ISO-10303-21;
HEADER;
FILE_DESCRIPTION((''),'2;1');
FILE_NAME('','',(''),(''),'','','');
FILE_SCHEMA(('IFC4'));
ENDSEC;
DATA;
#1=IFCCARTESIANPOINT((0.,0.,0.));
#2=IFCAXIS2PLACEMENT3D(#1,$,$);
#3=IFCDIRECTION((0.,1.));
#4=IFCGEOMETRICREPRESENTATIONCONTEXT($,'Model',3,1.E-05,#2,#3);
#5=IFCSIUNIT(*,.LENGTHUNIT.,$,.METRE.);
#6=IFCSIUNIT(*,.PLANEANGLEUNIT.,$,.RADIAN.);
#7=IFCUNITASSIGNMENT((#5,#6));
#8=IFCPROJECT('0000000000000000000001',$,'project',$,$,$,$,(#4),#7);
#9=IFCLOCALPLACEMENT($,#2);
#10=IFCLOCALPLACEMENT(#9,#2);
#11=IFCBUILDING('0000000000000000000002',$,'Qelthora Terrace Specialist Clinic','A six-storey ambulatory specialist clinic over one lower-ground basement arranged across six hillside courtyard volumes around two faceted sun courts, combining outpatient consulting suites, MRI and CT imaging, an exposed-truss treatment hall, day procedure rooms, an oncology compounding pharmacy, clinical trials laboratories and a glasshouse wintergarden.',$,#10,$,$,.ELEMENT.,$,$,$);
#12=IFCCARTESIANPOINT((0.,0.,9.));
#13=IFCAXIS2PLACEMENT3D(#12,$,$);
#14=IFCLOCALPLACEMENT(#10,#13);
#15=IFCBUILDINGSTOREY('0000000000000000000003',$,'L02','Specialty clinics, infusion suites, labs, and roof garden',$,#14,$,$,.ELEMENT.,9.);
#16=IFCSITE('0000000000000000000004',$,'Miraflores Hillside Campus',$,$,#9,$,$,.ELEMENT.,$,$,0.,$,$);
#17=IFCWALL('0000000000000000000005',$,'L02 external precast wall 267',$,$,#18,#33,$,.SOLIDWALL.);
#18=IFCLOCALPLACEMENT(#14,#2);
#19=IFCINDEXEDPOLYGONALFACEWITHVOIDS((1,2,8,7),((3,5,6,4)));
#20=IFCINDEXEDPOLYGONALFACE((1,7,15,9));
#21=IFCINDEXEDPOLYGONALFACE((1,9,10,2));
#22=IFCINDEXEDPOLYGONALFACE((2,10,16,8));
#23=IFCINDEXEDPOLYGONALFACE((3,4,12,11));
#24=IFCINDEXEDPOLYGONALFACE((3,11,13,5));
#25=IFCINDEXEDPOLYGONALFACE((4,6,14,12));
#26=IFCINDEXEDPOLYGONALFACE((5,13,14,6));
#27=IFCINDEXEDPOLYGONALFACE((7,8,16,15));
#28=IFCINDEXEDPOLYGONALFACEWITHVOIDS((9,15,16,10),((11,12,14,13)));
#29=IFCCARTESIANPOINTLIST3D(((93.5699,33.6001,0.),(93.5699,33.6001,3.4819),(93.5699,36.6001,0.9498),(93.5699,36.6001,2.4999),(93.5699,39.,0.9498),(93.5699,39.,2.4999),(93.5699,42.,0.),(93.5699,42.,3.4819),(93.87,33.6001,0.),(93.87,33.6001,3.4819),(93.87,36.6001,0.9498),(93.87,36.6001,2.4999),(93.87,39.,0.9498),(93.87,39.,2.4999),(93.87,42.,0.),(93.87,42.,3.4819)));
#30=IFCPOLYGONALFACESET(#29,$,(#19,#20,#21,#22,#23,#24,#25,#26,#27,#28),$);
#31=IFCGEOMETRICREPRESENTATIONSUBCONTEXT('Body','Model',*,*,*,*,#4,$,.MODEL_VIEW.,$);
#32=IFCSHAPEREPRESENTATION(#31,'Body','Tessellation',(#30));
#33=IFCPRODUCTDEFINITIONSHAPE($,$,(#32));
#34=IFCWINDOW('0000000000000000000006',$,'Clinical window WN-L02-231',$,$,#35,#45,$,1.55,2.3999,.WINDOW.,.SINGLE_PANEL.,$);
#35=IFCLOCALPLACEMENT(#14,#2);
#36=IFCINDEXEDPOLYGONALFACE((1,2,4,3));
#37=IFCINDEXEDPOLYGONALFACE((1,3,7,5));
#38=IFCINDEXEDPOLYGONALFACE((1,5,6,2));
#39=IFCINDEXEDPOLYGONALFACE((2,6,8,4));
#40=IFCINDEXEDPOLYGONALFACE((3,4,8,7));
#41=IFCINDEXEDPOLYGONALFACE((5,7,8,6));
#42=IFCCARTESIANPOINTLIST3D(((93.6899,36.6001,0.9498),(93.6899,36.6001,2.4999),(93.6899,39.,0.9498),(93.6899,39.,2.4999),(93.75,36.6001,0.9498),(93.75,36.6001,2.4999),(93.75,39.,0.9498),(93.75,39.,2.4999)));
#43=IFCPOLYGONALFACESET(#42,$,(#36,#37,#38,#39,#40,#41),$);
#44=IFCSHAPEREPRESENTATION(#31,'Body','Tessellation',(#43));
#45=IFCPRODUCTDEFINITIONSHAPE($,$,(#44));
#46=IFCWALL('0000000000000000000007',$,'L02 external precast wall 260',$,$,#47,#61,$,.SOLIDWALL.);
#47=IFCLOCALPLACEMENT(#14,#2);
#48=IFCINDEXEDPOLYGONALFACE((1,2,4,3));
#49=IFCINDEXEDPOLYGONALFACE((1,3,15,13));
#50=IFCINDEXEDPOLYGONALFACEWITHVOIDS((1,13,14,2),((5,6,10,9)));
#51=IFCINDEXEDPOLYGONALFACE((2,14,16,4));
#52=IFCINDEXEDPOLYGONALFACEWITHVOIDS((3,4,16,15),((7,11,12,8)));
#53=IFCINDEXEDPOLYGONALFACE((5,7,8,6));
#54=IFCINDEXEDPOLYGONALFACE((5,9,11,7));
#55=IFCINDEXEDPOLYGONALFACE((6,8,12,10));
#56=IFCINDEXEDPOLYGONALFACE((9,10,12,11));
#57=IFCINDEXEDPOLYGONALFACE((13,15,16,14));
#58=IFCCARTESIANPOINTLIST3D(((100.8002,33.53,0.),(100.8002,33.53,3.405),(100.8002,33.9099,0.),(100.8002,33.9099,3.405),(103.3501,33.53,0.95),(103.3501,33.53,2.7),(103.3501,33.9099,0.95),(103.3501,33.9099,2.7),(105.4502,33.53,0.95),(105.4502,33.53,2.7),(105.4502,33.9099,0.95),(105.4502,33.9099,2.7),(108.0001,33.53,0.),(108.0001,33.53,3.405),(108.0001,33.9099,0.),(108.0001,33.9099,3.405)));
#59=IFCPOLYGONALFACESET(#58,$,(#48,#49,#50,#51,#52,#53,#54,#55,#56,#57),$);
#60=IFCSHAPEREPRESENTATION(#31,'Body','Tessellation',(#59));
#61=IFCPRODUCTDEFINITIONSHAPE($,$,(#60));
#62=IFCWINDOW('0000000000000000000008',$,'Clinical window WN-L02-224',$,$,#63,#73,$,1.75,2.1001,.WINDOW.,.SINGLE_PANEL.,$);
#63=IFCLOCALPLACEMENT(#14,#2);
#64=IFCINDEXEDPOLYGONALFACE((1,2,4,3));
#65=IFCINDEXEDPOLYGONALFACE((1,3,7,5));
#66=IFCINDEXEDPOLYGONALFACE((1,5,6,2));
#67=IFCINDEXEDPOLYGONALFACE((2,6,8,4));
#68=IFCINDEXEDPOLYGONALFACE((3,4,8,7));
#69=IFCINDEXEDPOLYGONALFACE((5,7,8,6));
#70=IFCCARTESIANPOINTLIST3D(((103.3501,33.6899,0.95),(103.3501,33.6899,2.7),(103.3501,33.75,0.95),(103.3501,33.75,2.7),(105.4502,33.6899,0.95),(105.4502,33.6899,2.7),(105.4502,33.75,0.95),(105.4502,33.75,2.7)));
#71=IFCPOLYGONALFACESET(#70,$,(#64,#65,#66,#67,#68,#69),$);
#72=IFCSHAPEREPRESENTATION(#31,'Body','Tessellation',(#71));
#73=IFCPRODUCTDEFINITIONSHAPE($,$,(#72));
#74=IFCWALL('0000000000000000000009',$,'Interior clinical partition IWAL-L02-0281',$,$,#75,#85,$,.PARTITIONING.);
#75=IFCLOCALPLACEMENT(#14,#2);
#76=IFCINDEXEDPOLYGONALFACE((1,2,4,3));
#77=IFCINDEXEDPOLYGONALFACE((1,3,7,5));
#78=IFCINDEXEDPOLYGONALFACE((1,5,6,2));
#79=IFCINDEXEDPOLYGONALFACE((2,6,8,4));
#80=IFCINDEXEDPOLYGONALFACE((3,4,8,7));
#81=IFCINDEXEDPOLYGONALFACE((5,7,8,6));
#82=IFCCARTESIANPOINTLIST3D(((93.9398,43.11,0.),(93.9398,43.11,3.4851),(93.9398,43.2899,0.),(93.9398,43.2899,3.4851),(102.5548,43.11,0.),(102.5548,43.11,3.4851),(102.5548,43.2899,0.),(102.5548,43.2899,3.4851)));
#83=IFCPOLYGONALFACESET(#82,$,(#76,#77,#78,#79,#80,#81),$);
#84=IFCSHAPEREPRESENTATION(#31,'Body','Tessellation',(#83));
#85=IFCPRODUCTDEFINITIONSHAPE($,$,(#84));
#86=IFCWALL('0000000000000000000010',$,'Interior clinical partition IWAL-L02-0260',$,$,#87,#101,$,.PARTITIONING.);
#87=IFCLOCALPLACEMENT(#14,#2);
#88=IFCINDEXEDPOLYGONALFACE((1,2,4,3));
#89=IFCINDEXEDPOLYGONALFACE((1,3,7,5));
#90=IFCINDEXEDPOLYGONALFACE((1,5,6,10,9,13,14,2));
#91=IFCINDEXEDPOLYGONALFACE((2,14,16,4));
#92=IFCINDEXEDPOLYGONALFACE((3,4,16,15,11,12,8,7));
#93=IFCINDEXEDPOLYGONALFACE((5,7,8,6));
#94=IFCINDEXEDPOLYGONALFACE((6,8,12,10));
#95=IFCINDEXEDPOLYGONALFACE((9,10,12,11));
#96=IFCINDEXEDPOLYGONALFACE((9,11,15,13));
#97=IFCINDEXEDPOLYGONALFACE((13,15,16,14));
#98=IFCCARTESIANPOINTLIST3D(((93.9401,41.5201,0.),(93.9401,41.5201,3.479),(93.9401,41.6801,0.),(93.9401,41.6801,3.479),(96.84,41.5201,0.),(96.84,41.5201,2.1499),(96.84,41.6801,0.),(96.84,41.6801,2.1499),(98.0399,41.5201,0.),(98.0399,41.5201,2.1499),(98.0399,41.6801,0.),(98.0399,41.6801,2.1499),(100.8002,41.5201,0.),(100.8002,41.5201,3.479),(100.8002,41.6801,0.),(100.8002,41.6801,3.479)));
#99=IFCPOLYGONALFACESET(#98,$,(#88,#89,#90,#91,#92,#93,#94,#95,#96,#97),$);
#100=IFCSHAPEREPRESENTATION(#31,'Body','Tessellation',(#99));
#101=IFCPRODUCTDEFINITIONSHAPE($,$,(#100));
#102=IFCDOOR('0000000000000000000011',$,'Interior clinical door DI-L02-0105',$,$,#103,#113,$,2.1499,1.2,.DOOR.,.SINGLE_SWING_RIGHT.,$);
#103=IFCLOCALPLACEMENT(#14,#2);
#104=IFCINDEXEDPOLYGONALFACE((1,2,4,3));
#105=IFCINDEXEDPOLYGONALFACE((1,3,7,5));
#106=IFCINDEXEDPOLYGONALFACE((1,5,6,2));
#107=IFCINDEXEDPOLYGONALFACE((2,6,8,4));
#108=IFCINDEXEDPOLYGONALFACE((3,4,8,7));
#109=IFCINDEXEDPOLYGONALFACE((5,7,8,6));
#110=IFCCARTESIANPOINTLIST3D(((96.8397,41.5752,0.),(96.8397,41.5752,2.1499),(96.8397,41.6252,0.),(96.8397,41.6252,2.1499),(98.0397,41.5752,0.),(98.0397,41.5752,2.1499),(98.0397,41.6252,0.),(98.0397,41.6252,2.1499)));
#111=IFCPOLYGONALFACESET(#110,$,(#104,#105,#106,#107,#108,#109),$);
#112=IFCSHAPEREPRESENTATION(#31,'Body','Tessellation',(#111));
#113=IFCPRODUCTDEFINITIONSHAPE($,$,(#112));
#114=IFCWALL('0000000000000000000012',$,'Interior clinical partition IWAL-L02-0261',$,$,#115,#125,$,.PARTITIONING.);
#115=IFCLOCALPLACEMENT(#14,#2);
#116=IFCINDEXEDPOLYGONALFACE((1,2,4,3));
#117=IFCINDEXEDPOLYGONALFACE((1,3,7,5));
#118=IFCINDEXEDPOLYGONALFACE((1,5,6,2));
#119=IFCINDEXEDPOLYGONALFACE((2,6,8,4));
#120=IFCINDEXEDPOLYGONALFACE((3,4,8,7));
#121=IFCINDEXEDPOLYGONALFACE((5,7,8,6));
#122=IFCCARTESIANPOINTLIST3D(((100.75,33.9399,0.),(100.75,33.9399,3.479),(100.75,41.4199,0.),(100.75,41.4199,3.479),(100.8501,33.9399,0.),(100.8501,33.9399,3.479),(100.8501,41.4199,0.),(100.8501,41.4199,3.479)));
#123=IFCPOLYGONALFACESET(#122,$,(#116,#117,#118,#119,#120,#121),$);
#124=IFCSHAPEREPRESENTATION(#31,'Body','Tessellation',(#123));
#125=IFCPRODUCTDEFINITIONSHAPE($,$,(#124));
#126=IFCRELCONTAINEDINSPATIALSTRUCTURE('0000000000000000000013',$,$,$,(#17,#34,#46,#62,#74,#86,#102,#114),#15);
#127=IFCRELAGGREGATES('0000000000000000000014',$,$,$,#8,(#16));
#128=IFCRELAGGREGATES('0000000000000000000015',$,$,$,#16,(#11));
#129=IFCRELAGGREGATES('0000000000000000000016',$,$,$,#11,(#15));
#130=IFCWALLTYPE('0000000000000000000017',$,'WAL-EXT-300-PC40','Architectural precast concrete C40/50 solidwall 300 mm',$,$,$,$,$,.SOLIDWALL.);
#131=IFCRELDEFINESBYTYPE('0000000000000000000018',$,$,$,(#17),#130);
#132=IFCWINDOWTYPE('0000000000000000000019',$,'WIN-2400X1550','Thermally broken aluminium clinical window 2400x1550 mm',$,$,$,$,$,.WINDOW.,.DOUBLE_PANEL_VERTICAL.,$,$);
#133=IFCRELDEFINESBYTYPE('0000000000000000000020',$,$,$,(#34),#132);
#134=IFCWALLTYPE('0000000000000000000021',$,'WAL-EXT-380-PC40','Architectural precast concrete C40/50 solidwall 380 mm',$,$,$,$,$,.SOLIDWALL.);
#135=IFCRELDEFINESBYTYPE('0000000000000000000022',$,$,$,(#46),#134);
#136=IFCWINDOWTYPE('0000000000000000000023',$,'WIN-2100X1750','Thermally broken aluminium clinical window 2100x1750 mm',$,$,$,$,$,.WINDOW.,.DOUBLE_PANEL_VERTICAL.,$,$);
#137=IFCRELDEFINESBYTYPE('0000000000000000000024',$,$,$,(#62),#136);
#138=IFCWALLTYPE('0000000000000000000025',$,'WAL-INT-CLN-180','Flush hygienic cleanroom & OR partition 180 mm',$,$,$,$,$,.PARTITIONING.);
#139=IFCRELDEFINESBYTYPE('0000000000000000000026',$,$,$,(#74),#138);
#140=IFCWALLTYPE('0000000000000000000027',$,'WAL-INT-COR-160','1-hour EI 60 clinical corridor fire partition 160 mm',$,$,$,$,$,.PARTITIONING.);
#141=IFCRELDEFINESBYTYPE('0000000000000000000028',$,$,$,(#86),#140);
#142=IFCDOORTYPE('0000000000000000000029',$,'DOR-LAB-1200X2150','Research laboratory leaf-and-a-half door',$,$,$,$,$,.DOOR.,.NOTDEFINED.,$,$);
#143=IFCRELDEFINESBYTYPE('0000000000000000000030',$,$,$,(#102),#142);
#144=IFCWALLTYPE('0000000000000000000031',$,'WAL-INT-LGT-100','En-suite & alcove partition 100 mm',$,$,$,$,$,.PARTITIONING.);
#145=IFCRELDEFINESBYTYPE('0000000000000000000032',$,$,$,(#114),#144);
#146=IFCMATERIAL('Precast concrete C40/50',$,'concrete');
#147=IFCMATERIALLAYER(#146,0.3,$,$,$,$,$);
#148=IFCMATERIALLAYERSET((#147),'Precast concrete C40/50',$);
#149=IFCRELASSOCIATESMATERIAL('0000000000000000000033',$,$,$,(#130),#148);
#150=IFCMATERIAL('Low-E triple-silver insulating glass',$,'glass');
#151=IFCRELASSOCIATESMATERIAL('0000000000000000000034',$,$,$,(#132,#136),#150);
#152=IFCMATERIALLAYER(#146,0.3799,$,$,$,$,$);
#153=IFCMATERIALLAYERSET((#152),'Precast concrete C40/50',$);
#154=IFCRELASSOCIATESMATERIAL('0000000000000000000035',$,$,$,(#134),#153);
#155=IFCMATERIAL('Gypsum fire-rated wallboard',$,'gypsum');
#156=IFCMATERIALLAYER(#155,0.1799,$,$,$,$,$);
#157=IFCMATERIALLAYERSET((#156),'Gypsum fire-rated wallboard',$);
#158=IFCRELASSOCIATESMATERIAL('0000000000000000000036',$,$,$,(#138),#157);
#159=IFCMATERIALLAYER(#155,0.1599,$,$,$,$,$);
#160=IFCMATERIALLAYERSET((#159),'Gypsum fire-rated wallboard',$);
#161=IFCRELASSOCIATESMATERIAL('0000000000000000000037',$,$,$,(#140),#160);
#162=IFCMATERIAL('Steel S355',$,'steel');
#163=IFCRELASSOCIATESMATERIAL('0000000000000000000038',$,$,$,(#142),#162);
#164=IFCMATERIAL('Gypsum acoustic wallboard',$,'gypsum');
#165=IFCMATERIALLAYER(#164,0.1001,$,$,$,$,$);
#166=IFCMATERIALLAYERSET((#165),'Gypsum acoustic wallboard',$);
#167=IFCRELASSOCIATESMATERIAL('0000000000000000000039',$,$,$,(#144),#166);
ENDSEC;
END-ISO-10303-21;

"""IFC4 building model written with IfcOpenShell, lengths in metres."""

from ifc_helpers import new_model, si_unit, direction, frame, frame_2d, origin, place, context, subcontext, project, spatial, rectangle, extrude, material, layer, layer_set, type_object, element, fill, save


model = new_model("IFC4")

# Units and contexts
model_context = context("Model", 3, precision=1e-05, world=origin(), true_north=direction((0.0, 1.0)))
body_context = subcontext(model_context, "Body", "Model", "MODEL_VIEW")
ifc_project = project(units=[si_unit("LENGTHUNIT", "METRE"), si_unit("PLANEANGLEUNIT", "RADIAN")], contexts=[model_context])

# Site, building, storey
site_placement = place(None, origin())
site = spatial("IfcSite", under=ifc_project, at=site_placement, Name="Miraflores Hillside Campus", CompositionType="ELEMENT", RefElevation=0.0)
building_placement = place(site_placement, origin())
building = spatial("IfcBuilding", under=site, at=building_placement, Name="Qelthora Terrace Specialist Clinic", Description="A six-storey ambulatory specialist clinic over one lower-ground basement arranged across six hillside courtyard volumes around two faceted sun courts, combining outpatient consulting suites, MRI and CT imaging, an exposed-truss treatment hall, day procedure rooms, an oncology compounding pharmacy, clinical trials laboratories and a glasshouse wintergarden.", CompositionType="ELEMENT")
storey_placement = place(building_placement, frame((0.0, 0.0, 9.0)))
storey = spatial("IfcBuildingStorey", under=building, at=storey_placement, Name="L02", Description="Specialty clinics, infusion suites, labs, and roof garden", CompositionType="ELEMENT", Elevation=9.0)

# Shared definitions
ifc_material_1 = material(Name="Steel S355", Category="steel")

# Walls, openings, windows
ifc_material_2 = material(Name="Precast concrete C40/50", Category="concrete")
ifc_material_3 = material(Name="Low-E triple-silver insulating glass", Category="glass")
ifc_layer_1 = layer(ifc_material_2, 0.3)
ifc_layer_set_1 = layer_set([ifc_layer_1], Name="Precast concrete C40/50")
wall_type_1 = type_object("IfcWallType", Name="WAL-EXT-300-PC40", Description="Architectural precast concrete C40/50 solidwall 300 mm", PredefinedType="SOLIDWALL", material=ifc_layer_set_1)
wall_1_placement = place(storey_placement, frame((93.72, 33.6001, 0.0), z_axis=(0.0, 0.0, 1.0), x_axis=(0.0, 1.0, 0.0)))
wall_1 = element("IfcWall", 1, at=wall_1_placement, inside=storey, type_object=wall_type_1, Name="L02 external precast wall 267", PredefinedType="SOLIDWALL", context=body_context, shape_type="SweptSolid", body=[
    extrude(rectangle(XDim=8.3999, YDim=0.3, at=frame_2d((4.2, 0.0))), origin(), (0.0, 0.0, 1.0), 3.4819),
])
opening_1_placement = place(wall_1_placement, frame((3.0, 0.0, 0.95)))
opening_1 = element("IfcOpeningElement", 2, at=opening_1_placement, cuts=wall_1, PredefinedType="OPENING", context=body_context, shape_type="SweptSolid", body=[
    extrude(rectangle(XDim=2.3999, YDim=1.55, at=frame_2d((1.2, 0.7749))), frame((0.0, 0.1599, 0.0), z_axis=(0.0, -1.0, 0.0), x_axis=(1.0, 0.0, 0.0)), (0.0, 0.0, 1.0), 0.3201),
])
window_type_1 = type_object("IfcWindowType", Name="WIN-2400X1550", Description="Thermally broken aluminium clinical window 2400x1550 mm", PartitioningType="DOUBLE_PANEL_VERTICAL", PredefinedType="WINDOW", material=ifc_material_3)
window_1_placement = place(opening_1_placement, origin())
window_1 = element("IfcWindow", 3, at=window_1_placement, inside=storey, type_object=window_type_1, Name="Clinical window WN-L02-231", OverallHeight=1.55, OverallWidth=2.3999, PartitioningType="SINGLE_PANEL", PredefinedType="WINDOW", context=body_context, shape_type="SweptSolid", body=[
    extrude(rectangle(XDim=2.3999, YDim=1.55, at=frame_2d((1.2, 0.7749))), frame((0.0, 0.03, 0.0), z_axis=(0.0, -1.0, 0.0), x_axis=(1.0, 0.0, 0.0)), (0.0, 0.0, 1.0), 0.0601),
])
fill(opening_1, window_1)
ifc_layer_2 = layer(ifc_material_2, 0.3799)
ifc_layer_set_2 = layer_set([ifc_layer_2], Name="Precast concrete C40/50")
wall_type_2 = type_object("IfcWallType", Name="WAL-EXT-380-PC40", Description="Architectural precast concrete C40/50 solidwall 380 mm", PredefinedType="SOLIDWALL", material=ifc_layer_set_2)
wall_2_placement = place(storey_placement, frame((100.8, 33.72, 0.0), z_axis=(0.0, 0.0, 1.0), x_axis=(1.0, 0.0, 0.0)))
wall_2 = element("IfcWall", 4, at=wall_2_placement, inside=storey, type_object=wall_type_2, Name="L02 external precast wall 260", PredefinedType="SOLIDWALL", context=body_context, shape_type="SweptSolid", body=[
    extrude(rectangle(XDim=7.2, YDim=0.3799, at=frame_2d((3.6001, 0.0))), origin(), (0.0, 0.0, 1.0), 3.405),
])
opening_2_placement = place(wall_2_placement, frame((2.55, 0.0, 0.95)))
opening_2 = element("IfcOpeningElement", 5, at=opening_2_placement, cuts=wall_2, PredefinedType="OPENING", context=body_context, shape_type="SweptSolid", body=[
    extrude(rectangle(XDim=2.1001, YDim=1.75, at=frame_2d((1.05, 0.875))), frame((0.0, 0.2, 0.0), z_axis=(0.0, -1.0, 0.0), x_axis=(1.0, 0.0, 0.0)), (0.0, 0.0, 1.0), 0.3999),
])
window_type_2 = type_object("IfcWindowType", Name="WIN-2100X1750", Description="Thermally broken aluminium clinical window 2100x1750 mm", PartitioningType="DOUBLE_PANEL_VERTICAL", PredefinedType="WINDOW", material=ifc_material_3)
window_2_placement = place(opening_2_placement, origin())
window_2 = element("IfcWindow", 6, at=window_2_placement, inside=storey, type_object=window_type_2, Name="Clinical window WN-L02-224", OverallHeight=1.75, OverallWidth=2.1001, PartitioningType="SINGLE_PANEL", PredefinedType="WINDOW", context=body_context, shape_type="SweptSolid", body=[
    extrude(rectangle(XDim=2.1001, YDim=1.75, at=frame_2d((1.05, 0.875))), frame((0.0, 0.03, 0.0), z_axis=(0.0, -1.0, 0.0), x_axis=(1.0, 0.0, 0.0)), (0.0, 0.0, 1.0), 0.0601),
])
fill(opening_2, window_2)

# Wall
ifc_material_4 = material(Name="Gypsum fire-rated wallboard", Category="gypsum")
ifc_layer_3 = layer(ifc_material_4, 0.1799)
ifc_layer_set_3 = layer_set([ifc_layer_3], Name="Gypsum fire-rated wallboard")
wall_type_3 = type_object("IfcWallType", Name="WAL-INT-CLN-180", Description="Flush hygienic cleanroom & OR partition 180 mm", PredefinedType="PARTITIONING", material=ifc_layer_set_3)
wall_3_placement = place(storey_placement, frame((102.5549, 43.2, 0.0), z_axis=(0.0, 0.0, 1.0), x_axis=(-1.0, 0.0, 0.0)))
element("IfcWall", 7, at=wall_3_placement, inside=storey, type_object=wall_type_3, Name="Interior clinical partition IWAL-L02-0281", PredefinedType="PARTITIONING", context=body_context, shape_type="SweptSolid", body=[
    extrude(rectangle(XDim=8.615, YDim=0.1799, at=frame_2d((4.3076, 0.0))), origin(), (0.0, 0.0, 1.0), 3.4851),
])

# Wall, opening, door
ifc_layer_4 = layer(ifc_material_4, 0.1599)
ifc_layer_set_4 = layer_set([ifc_layer_4], Name="Gypsum fire-rated wallboard")
wall_type_4 = type_object("IfcWallType", Name="WAL-INT-COR-160", Description="1-hour EI 60 clinical corridor fire partition 160 mm", PredefinedType="PARTITIONING", material=ifc_layer_set_4)
wall_4_placement = place(storey_placement, frame((93.9399, 41.6001, 0.0), z_axis=(0.0, 0.0, 1.0), x_axis=(1.0, 0.0, 0.0)))
wall_4 = element("IfcWall", 8, at=wall_4_placement, inside=storey, type_object=wall_type_4, Name="Interior clinical partition IWAL-L02-0260", PredefinedType="PARTITIONING", context=body_context, shape_type="SweptSolid", body=[
    extrude(rectangle(XDim=6.8601, YDim=0.1599, at=frame_2d((3.4302, 0.0))), origin(), (0.0, 0.0, 1.0), 3.479),
])
opening_3_placement = place(wall_4_placement, frame((2.8999, 0.0, 0.0)))
opening_3 = element("IfcOpeningElement", 9, at=opening_3_placement, cuts=wall_4, PredefinedType="OPENING", context=body_context, shape_type="SweptSolid", body=[
    extrude(rectangle(XDim=1.2, YDim=2.1499, at=frame_2d((0.6001, 1.075))), frame((0.0, 0.0898, 0.0), z_axis=(0.0, -1.0, 0.0), x_axis=(1.0, 0.0, 0.0)), (0.0, 0.0, 1.0), 0.1799),
])
door_type = type_object("IfcDoorType", Name="DOR-LAB-1200X2150", Description="Research laboratory leaf-and-a-half door", OperationType="NOTDEFINED", PredefinedType="DOOR", material=ifc_material_1)
door_placement = place(opening_3_placement, frame((1.2, 0.0, 0.0), z_axis=(0.0, 0.0, 1.0), x_axis=(-1.0, 0.0, 0.0)))
door = element("IfcDoor", 10, at=door_placement, inside=storey, type_object=door_type, Name="Interior clinical door DI-L02-0105", OperationType="SINGLE_SWING_RIGHT", OverallHeight=2.1499, OverallWidth=1.2, PredefinedType="DOOR", context=body_context, shape_type="SweptSolid", body=[
    extrude(rectangle(XDim=1.2, YDim=2.1499, at=frame_2d((0.6001, 1.075))), frame((0.0, 0.0249, 0.0), z_axis=(0.0, -1.0, 0.0), x_axis=(1.0, 0.0, 0.0)), (0.0, 0.0, 1.0), 0.05),
])
fill(opening_3, door)

# Wall
ifc_material_5 = material(Name="Gypsum acoustic wallboard", Category="gypsum")
ifc_layer_5 = layer(ifc_material_5, 0.1001)
ifc_layer_set_5 = layer_set([ifc_layer_5], Name="Gypsum acoustic wallboard")
wall_type_5 = type_object("IfcWallType", Name="WAL-INT-LGT-100", Description="En-suite & alcove partition 100 mm", PredefinedType="PARTITIONING", material=ifc_layer_set_5)
wall_5_placement = place(storey_placement, frame((100.8, 41.4199, 0.0), z_axis=(0.0, 0.0, 1.0), x_axis=(0.0, -1.0, 0.0)))
element("IfcWall", 11, at=wall_5_placement, inside=storey, type_object=wall_type_5, Name="Interior clinical partition IWAL-L02-0261", PredefinedType="PARTITIONING", context=body_context, shape_type="SweptSolid", body=[
    extrude(rectangle(XDim=7.48, YDim=0.1001, at=frame_2d((3.74, 0.0))), origin(), (0.0, 0.0, 1.0), 3.479),
])

save(model, "model.ifc")
